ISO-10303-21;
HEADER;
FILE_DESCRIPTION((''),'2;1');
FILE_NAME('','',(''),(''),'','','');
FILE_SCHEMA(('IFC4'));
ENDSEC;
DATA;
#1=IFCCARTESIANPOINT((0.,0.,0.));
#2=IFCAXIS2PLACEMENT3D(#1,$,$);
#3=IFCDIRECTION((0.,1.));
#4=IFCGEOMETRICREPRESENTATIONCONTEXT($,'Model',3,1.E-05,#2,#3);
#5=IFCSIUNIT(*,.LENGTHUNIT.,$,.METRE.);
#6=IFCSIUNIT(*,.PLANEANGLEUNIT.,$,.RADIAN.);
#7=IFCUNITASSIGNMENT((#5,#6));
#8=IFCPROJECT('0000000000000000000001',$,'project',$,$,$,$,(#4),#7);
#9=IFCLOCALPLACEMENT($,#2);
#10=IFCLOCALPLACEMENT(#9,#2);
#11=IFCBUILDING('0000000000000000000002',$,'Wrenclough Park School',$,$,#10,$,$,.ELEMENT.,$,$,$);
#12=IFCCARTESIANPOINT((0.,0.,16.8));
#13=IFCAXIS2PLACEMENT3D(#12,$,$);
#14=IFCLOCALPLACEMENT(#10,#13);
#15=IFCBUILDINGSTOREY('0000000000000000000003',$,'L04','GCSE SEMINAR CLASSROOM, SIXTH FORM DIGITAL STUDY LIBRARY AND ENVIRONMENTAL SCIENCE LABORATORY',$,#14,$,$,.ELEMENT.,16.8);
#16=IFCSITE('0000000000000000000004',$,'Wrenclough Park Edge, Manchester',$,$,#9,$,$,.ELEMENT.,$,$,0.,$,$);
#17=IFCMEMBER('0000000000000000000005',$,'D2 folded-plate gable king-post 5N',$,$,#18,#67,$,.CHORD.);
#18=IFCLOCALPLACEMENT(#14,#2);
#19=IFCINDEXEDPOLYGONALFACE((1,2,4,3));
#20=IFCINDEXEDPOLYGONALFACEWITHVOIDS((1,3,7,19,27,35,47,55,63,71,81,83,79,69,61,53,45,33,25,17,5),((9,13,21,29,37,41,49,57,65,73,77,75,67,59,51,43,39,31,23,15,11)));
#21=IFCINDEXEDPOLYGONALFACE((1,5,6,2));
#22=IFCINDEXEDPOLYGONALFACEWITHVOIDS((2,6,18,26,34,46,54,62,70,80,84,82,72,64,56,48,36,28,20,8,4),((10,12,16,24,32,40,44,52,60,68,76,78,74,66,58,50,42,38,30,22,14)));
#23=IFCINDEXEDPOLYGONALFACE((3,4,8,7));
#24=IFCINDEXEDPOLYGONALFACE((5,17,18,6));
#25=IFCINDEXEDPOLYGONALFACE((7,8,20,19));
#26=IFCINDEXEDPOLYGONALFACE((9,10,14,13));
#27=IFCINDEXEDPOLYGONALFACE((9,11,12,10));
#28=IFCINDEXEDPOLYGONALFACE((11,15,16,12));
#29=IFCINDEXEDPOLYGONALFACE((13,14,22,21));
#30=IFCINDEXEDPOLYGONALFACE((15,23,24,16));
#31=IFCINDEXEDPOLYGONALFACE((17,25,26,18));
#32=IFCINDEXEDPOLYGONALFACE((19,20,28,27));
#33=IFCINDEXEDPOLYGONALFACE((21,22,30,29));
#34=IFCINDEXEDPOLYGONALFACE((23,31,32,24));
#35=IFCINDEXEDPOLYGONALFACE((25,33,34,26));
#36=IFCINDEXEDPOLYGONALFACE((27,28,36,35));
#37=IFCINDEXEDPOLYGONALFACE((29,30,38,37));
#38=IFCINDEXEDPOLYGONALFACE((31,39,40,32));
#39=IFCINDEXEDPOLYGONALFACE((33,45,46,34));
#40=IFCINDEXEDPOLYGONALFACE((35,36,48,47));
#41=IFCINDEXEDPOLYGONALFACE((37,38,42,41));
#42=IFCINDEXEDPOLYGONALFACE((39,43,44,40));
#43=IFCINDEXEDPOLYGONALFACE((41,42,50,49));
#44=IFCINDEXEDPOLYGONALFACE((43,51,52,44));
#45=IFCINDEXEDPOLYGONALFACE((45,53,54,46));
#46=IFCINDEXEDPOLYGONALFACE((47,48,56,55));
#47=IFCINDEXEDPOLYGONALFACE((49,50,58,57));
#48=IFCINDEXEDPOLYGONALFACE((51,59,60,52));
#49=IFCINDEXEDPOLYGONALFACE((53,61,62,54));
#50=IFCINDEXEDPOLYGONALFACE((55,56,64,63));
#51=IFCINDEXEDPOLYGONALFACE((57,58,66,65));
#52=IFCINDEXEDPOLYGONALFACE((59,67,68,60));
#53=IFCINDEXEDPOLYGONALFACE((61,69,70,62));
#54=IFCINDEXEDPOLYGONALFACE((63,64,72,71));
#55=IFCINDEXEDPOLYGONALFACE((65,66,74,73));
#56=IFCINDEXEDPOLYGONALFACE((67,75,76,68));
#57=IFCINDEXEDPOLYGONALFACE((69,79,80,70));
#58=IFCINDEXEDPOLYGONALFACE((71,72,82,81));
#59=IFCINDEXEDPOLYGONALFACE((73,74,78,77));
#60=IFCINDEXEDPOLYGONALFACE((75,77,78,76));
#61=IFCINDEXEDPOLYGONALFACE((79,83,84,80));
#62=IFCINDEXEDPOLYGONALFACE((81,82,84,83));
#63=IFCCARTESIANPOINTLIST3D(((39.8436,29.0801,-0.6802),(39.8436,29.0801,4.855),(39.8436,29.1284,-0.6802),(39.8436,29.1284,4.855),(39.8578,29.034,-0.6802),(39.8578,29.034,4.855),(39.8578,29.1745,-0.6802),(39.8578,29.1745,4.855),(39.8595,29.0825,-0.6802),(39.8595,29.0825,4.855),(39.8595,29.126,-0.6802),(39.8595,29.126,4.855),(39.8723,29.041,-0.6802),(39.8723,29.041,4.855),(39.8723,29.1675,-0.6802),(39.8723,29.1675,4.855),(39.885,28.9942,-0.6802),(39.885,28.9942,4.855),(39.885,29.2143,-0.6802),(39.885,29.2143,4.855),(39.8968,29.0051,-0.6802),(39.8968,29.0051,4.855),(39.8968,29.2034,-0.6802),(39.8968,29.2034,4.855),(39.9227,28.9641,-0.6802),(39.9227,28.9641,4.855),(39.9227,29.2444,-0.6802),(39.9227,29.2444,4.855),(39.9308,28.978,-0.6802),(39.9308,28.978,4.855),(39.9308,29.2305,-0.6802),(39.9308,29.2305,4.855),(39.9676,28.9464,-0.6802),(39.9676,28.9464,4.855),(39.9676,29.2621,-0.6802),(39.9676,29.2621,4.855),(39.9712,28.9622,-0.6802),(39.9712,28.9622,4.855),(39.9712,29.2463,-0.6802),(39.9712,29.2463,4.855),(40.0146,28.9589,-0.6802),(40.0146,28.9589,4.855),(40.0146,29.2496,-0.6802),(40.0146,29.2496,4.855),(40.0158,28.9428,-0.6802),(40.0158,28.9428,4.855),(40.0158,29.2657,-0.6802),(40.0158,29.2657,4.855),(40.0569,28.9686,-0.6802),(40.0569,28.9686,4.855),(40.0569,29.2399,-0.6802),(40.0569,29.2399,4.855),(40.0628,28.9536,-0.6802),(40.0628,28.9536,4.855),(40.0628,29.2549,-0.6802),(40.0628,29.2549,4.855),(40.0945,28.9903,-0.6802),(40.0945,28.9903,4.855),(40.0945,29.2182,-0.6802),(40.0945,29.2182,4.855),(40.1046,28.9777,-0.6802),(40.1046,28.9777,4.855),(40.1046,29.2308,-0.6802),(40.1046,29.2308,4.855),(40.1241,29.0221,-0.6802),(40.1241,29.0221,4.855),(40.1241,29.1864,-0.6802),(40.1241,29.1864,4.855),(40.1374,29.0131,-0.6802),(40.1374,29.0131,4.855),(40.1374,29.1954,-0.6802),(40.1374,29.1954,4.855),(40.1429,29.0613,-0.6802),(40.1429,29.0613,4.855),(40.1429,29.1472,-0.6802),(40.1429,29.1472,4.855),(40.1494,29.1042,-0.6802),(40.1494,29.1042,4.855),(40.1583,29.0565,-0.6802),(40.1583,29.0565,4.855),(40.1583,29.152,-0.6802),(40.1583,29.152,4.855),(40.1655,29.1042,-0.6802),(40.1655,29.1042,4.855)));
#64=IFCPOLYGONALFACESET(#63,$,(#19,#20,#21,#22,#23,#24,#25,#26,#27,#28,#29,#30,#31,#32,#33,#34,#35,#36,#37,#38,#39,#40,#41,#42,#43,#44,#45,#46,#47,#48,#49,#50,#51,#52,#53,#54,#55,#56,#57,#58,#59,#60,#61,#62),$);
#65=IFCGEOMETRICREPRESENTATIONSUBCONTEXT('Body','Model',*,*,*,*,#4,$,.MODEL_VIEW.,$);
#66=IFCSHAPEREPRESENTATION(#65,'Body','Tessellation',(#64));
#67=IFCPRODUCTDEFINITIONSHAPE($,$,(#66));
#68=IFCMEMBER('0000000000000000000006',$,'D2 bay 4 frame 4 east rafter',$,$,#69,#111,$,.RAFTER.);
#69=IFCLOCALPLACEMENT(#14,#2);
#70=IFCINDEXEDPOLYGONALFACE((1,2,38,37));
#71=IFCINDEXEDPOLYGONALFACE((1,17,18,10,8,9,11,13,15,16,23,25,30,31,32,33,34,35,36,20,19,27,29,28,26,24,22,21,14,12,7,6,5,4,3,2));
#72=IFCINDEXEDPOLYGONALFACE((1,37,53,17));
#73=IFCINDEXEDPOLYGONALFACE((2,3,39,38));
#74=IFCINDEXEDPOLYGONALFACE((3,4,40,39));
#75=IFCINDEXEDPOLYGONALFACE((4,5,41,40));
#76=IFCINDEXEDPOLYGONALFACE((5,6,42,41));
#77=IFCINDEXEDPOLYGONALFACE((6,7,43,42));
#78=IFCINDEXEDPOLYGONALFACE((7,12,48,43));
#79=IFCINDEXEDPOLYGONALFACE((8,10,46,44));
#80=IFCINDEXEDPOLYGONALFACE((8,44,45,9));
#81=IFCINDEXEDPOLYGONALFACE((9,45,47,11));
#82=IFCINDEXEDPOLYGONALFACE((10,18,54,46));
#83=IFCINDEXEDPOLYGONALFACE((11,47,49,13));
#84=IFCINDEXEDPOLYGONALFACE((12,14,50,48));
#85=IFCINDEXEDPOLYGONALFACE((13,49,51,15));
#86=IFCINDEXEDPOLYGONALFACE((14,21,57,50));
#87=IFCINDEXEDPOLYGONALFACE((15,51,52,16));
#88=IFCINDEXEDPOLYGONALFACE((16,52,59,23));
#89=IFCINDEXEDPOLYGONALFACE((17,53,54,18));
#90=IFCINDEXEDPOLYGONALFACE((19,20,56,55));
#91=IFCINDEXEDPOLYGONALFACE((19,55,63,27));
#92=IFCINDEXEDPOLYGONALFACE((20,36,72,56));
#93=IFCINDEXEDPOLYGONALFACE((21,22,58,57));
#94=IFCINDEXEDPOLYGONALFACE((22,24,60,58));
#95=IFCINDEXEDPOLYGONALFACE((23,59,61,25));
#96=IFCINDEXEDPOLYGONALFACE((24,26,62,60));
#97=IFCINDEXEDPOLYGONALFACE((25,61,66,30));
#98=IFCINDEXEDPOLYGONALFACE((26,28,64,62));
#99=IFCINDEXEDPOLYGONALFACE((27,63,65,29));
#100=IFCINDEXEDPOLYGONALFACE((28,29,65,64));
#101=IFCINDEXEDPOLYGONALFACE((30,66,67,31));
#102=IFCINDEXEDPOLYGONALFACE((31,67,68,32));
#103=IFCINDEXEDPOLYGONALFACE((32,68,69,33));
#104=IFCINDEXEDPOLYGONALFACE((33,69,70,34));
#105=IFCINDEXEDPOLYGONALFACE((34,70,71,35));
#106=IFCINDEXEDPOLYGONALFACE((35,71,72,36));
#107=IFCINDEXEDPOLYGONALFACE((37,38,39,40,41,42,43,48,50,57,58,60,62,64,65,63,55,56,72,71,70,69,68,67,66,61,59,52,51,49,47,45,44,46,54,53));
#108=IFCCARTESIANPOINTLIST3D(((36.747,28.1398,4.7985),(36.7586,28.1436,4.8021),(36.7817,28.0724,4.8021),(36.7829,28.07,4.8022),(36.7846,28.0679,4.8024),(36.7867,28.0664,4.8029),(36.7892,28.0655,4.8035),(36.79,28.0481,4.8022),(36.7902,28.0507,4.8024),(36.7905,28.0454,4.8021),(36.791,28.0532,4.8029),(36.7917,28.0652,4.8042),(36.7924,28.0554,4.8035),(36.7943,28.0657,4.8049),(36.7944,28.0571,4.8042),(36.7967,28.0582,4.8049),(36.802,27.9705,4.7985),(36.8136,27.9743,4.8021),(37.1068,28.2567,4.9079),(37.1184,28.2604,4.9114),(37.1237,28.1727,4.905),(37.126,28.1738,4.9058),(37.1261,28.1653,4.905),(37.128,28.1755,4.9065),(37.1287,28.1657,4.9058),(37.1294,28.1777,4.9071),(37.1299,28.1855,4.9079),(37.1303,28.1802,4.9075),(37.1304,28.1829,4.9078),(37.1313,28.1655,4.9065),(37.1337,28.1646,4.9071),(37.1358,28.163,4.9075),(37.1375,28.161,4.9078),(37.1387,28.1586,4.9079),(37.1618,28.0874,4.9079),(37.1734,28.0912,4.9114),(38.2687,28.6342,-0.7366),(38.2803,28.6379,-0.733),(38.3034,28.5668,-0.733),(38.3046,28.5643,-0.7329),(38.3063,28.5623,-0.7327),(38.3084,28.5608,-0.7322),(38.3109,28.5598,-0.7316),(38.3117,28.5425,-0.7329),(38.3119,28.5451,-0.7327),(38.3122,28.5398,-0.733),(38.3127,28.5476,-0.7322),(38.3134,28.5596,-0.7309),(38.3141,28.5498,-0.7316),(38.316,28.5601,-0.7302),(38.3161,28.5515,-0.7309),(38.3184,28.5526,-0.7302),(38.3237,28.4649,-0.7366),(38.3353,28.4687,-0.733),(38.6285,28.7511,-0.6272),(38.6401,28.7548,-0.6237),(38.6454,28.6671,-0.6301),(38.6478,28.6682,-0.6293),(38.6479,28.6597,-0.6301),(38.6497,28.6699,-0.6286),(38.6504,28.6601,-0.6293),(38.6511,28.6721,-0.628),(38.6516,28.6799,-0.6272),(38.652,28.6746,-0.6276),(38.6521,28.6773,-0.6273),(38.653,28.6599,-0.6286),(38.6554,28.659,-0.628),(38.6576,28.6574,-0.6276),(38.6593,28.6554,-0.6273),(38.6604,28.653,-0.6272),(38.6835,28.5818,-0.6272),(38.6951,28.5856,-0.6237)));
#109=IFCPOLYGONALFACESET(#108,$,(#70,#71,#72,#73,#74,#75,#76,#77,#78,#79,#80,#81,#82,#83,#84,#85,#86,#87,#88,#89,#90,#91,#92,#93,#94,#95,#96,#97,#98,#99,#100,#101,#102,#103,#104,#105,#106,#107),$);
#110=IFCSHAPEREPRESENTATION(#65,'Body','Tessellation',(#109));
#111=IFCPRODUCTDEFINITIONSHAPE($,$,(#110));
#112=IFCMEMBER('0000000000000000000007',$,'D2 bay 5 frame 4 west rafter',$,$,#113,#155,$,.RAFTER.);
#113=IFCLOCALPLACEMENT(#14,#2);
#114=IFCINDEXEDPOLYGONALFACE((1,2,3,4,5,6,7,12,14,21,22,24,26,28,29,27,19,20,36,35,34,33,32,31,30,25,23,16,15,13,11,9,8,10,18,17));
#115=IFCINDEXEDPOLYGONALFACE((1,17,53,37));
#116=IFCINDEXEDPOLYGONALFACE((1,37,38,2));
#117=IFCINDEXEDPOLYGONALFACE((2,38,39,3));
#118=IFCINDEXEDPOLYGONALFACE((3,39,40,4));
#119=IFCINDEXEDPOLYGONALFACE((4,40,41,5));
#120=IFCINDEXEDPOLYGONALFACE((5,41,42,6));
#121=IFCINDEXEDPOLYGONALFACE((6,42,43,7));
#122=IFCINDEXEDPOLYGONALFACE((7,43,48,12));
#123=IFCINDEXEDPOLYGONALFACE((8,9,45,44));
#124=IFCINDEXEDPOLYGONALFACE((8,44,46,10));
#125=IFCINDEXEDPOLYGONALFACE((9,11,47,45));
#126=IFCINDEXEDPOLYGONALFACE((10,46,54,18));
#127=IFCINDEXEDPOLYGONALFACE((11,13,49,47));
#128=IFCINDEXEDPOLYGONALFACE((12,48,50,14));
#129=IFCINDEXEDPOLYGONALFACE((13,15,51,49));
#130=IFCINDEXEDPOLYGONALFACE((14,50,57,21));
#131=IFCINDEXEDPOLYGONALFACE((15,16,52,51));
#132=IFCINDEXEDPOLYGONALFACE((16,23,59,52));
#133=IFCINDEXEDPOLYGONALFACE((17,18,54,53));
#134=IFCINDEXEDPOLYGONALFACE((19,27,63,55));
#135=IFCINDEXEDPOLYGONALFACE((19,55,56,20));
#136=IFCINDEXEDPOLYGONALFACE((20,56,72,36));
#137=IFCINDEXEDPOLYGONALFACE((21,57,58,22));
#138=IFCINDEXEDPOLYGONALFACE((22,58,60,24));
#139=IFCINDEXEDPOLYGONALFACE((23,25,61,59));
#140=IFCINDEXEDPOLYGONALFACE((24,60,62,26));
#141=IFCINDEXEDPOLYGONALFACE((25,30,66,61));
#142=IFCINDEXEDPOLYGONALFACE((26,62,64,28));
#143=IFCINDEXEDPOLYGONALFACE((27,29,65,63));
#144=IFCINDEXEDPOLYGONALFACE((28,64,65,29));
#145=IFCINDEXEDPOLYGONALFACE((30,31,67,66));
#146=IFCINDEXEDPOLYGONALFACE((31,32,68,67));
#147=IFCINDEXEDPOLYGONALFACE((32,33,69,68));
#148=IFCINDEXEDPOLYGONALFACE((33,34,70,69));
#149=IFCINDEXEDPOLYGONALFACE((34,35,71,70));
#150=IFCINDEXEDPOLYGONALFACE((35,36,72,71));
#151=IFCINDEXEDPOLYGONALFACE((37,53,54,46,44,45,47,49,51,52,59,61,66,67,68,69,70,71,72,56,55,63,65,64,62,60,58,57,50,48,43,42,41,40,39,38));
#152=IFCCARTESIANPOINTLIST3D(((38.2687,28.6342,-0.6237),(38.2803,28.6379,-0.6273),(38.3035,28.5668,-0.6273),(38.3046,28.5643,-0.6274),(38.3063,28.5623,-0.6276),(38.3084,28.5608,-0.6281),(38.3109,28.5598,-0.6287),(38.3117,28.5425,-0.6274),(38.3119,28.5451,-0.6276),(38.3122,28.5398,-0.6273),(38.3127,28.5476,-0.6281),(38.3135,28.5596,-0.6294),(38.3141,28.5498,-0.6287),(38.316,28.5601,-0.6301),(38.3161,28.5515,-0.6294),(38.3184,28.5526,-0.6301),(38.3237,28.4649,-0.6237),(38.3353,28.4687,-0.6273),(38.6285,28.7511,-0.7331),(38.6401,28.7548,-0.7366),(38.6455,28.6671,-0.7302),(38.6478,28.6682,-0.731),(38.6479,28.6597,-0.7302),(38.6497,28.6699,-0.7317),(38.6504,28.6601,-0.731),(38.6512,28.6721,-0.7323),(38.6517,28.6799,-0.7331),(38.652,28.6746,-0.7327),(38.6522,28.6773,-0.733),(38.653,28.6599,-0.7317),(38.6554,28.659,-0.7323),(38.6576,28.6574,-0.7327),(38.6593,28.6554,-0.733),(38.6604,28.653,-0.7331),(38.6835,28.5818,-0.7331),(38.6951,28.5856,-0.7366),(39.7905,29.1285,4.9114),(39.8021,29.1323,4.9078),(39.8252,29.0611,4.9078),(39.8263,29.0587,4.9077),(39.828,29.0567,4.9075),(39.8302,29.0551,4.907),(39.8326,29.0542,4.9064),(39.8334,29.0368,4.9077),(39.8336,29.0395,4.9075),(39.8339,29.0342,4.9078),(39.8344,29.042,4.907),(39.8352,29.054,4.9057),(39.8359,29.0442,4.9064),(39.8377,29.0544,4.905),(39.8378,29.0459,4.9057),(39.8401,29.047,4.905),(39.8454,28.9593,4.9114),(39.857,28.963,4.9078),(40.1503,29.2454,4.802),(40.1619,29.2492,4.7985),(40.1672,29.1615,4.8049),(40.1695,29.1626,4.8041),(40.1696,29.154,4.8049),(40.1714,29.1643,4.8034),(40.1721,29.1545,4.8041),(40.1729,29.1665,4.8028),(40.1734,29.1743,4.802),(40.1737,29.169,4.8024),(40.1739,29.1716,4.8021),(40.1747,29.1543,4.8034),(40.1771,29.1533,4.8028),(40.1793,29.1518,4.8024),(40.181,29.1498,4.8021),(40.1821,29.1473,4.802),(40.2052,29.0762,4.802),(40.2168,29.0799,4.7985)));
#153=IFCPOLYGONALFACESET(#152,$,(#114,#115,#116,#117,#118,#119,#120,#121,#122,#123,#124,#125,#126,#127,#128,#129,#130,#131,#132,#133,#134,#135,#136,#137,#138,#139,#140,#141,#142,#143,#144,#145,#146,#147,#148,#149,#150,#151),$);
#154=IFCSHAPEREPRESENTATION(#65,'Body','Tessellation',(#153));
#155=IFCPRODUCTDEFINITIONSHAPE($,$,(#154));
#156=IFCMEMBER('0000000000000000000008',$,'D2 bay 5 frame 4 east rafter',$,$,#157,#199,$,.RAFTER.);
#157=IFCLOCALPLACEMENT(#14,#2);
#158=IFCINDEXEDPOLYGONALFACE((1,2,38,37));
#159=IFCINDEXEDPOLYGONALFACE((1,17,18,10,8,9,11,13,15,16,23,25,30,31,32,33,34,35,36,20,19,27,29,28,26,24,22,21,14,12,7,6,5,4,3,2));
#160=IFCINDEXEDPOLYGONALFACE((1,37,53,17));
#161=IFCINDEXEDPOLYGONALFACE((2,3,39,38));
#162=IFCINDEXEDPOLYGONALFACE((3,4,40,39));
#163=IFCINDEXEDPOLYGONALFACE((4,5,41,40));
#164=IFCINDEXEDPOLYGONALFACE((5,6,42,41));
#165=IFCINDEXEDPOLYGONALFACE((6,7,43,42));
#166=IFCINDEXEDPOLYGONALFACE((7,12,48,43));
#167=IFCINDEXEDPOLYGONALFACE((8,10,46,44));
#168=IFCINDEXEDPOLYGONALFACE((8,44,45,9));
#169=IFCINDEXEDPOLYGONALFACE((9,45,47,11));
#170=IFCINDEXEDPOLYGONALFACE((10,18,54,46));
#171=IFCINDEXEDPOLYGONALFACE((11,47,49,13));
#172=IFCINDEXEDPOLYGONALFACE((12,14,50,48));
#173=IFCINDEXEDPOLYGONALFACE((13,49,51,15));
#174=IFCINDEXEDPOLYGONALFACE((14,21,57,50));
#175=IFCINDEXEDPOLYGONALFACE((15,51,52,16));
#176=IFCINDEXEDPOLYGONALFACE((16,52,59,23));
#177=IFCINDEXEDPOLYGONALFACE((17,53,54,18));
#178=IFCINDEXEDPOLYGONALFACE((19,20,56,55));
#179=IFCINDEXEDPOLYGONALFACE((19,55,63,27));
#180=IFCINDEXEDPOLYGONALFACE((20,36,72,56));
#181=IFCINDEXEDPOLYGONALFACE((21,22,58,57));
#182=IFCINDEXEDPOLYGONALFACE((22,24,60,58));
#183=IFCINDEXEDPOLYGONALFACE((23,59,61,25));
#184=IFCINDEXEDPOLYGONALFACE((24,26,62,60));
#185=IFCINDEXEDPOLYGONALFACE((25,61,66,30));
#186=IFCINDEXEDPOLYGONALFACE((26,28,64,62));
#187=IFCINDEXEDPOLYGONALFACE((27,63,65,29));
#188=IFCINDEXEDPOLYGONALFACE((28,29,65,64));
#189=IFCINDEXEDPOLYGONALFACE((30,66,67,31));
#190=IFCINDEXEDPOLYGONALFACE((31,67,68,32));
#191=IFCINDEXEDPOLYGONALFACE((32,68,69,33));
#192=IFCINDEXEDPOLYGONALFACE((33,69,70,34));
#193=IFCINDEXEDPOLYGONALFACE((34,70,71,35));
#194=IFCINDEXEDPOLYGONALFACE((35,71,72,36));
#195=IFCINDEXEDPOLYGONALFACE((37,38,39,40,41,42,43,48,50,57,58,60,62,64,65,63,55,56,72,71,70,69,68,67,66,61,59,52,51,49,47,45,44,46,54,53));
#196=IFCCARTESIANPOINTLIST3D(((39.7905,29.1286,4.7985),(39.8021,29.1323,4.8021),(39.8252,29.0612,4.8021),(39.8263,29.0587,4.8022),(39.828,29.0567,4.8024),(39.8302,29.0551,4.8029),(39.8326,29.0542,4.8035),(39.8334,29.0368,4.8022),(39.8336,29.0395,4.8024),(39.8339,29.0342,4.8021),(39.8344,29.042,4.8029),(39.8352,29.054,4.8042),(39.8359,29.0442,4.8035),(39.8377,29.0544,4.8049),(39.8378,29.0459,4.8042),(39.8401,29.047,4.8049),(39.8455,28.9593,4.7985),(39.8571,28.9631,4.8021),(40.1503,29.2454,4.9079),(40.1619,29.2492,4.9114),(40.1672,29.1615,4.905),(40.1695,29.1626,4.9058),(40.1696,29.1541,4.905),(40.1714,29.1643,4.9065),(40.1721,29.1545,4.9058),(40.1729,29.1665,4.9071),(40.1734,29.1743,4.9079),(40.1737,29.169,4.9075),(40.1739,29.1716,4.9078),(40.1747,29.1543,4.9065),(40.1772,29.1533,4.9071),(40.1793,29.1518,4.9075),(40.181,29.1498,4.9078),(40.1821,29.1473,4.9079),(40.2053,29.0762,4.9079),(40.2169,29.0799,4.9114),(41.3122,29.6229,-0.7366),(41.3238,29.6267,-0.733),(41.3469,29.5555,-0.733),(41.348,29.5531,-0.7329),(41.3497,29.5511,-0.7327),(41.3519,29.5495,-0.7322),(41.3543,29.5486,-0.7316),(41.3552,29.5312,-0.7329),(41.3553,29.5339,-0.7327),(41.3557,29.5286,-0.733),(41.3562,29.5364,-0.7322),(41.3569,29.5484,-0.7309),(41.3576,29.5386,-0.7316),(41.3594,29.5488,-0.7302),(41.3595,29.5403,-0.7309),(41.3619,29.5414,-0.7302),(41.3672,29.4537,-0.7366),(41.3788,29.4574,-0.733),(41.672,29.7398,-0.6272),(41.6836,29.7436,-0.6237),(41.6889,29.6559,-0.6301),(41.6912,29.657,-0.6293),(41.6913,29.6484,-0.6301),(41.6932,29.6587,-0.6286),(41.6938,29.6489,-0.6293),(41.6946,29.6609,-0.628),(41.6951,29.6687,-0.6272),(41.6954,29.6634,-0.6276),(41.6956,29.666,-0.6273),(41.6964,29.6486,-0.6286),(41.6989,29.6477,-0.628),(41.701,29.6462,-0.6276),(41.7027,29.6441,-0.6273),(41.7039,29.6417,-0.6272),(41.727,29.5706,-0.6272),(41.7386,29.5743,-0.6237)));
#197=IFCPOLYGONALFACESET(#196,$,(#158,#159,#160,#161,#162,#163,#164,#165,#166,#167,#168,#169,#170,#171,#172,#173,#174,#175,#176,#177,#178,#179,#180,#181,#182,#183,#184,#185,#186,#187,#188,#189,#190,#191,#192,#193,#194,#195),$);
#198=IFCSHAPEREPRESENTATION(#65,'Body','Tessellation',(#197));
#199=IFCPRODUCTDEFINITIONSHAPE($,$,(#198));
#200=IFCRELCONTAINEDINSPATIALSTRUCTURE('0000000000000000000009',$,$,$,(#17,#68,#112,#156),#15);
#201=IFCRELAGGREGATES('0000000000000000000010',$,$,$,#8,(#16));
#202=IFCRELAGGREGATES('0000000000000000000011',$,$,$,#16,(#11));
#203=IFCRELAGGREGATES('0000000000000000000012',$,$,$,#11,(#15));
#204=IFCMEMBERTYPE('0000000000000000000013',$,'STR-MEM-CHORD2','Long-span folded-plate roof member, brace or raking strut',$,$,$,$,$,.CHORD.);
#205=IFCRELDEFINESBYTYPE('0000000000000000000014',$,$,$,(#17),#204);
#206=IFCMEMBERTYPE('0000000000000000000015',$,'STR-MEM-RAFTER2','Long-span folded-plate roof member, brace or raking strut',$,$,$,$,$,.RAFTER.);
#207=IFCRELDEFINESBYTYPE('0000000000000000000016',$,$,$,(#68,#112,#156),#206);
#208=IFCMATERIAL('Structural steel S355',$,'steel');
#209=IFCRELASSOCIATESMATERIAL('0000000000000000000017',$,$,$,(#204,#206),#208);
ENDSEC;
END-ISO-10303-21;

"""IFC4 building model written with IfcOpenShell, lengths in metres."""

from ifc_helpers import new_model, si_unit, direction, frame, origin, origin_2d, place, context, subcontext, project, spatial, hollow_circle, i_section, extrude, material, material_profile, profile_set, type_object, element, save


model = new_model("IFC4")

# Units and contexts
model_context = context("Model", 3, precision=1e-05, world=origin(), true_north=direction((0.0, 1.0)))
body_context = subcontext(model_context, "Body", "Model", "MODEL_VIEW")
ifc_project = project(units=[si_unit("LENGTHUNIT", "METRE"), si_unit("PLANEANGLEUNIT", "RADIAN")], contexts=[model_context])

# Site, building, storey
site_placement = place(None, origin())
site = spatial("IfcSite", under=ifc_project, at=site_placement, Name="Wrenclough Park Edge, Manchester", CompositionType="ELEMENT", RefElevation=0.0)
building_placement = place(site_placement, origin())
building = spatial("IfcBuilding", under=site, at=building_placement, Name="Wrenclough Park School", CompositionType="ELEMENT")
storey_placement = place(building_placement, frame((0.0, 0.0, 16.8)))
storey = spatial("IfcBuildingStorey", under=building, at=storey_placement, Name="L04", Description="GCSE SEMINAR CLASSROOM, SIXTH FORM DIGITAL STUDY LIBRARY AND ENVIRONMENTAL SCIENCE LABORATORY", CompositionType="ELEMENT", Elevation=16.8)

# Shared definitions
ifc_material_1 = material(Name="Structural steel S355", Category="steel")

# Members
ifc_material_profile_1 = material_profile(ifc_material_1, hollow_circle(Radius=0.1619, WallThickness=0.0161, at=origin_2d()), Name="CHS 323.9x16.0")
ifc_profile_set_1 = profile_set([ifc_material_profile_1], Name="Structural steel S355")
member_type_1 = type_object("IfcMemberType", Name="STR-MEM-CHORD2", Description="Long-span folded-plate roof member, brace or raking strut", PredefinedType="CHORD", material=ifc_profile_set_1)
for number, where, z_axis, x_axis, name in (
    (1, (40.0037, 29.1042, -0.6802), (0.0, 0.0, 1.0), (1.0, 0.0, 0.0), "D2 folded-plate gable king-post 5N"),
):
    element("IfcMember", number, at=place(storey_placement, frame(where, z_axis=z_axis, x_axis=x_axis)), inside=storey, type_object=member_type_1, Name=name, PredefinedType="CHORD", context=body_context, shape_type="SweptSolid", body=[
        extrude(hollow_circle(Radius=0.1619, WallThickness=0.0161, at=origin_2d()), origin(), (0.0, 0.0, 1.0), 5.5352),
    ])
ifc_material_profile_2 = material_profile(ifc_material_1, i_section(OverallWidth=0.178, OverallDepth=0.4065, WebThickness=0.0078, FlangeThickness=0.0127, FilletRadius=0.0103, at=origin_2d()), Name="UKB 406x178x60")
ifc_profile_set_2 = profile_set([ifc_material_profile_2], Name="Structural steel S355")
member_type_2 = type_object("IfcMemberType", Name="STR-MEM-RAFTER2", Description="Long-span folded-plate roof member, brace or raking strut", PredefinedType="RAFTER", material=ifc_profile_set_2)
for number, where, z_axis, x_axis, name in (
    (2, (36.9602, 28.1155, 4.855), (0.264108, 0.085804, -0.960669), (-0.308986, 0.951067, 0.0), "D2 bay 4 frame 4 east rafter"),
    (3, (38.4819, 28.6099, -0.6802), (0.264108, 0.085804, 0.960669), (-0.308986, 0.951067, 0.0), "D2 bay 5 frame 4 west rafter"),
    (4, (40.0037, 29.1042, 4.855), (0.264108, 0.085804, -0.960669), (-0.308986, 0.951067, 0.0), "D2 bay 5 frame 4 east rafter"),
):
    element("IfcMember", number, at=place(storey_placement, frame(where, z_axis=z_axis, x_axis=x_axis)), inside=storey, type_object=member_type_2, Name=name, PredefinedType="RAFTER", context=body_context, shape_type="SweptSolid", body=[
        extrude(i_section(OverallWidth=0.178, OverallDepth=0.4065, WebThickness=0.0078, FlangeThickness=0.0127, FilletRadius=0.0103, at=origin_2d()), origin(), (0.0, 0.0, 1.0), 5.7617),
    ])

save(model, "model.ifc")
